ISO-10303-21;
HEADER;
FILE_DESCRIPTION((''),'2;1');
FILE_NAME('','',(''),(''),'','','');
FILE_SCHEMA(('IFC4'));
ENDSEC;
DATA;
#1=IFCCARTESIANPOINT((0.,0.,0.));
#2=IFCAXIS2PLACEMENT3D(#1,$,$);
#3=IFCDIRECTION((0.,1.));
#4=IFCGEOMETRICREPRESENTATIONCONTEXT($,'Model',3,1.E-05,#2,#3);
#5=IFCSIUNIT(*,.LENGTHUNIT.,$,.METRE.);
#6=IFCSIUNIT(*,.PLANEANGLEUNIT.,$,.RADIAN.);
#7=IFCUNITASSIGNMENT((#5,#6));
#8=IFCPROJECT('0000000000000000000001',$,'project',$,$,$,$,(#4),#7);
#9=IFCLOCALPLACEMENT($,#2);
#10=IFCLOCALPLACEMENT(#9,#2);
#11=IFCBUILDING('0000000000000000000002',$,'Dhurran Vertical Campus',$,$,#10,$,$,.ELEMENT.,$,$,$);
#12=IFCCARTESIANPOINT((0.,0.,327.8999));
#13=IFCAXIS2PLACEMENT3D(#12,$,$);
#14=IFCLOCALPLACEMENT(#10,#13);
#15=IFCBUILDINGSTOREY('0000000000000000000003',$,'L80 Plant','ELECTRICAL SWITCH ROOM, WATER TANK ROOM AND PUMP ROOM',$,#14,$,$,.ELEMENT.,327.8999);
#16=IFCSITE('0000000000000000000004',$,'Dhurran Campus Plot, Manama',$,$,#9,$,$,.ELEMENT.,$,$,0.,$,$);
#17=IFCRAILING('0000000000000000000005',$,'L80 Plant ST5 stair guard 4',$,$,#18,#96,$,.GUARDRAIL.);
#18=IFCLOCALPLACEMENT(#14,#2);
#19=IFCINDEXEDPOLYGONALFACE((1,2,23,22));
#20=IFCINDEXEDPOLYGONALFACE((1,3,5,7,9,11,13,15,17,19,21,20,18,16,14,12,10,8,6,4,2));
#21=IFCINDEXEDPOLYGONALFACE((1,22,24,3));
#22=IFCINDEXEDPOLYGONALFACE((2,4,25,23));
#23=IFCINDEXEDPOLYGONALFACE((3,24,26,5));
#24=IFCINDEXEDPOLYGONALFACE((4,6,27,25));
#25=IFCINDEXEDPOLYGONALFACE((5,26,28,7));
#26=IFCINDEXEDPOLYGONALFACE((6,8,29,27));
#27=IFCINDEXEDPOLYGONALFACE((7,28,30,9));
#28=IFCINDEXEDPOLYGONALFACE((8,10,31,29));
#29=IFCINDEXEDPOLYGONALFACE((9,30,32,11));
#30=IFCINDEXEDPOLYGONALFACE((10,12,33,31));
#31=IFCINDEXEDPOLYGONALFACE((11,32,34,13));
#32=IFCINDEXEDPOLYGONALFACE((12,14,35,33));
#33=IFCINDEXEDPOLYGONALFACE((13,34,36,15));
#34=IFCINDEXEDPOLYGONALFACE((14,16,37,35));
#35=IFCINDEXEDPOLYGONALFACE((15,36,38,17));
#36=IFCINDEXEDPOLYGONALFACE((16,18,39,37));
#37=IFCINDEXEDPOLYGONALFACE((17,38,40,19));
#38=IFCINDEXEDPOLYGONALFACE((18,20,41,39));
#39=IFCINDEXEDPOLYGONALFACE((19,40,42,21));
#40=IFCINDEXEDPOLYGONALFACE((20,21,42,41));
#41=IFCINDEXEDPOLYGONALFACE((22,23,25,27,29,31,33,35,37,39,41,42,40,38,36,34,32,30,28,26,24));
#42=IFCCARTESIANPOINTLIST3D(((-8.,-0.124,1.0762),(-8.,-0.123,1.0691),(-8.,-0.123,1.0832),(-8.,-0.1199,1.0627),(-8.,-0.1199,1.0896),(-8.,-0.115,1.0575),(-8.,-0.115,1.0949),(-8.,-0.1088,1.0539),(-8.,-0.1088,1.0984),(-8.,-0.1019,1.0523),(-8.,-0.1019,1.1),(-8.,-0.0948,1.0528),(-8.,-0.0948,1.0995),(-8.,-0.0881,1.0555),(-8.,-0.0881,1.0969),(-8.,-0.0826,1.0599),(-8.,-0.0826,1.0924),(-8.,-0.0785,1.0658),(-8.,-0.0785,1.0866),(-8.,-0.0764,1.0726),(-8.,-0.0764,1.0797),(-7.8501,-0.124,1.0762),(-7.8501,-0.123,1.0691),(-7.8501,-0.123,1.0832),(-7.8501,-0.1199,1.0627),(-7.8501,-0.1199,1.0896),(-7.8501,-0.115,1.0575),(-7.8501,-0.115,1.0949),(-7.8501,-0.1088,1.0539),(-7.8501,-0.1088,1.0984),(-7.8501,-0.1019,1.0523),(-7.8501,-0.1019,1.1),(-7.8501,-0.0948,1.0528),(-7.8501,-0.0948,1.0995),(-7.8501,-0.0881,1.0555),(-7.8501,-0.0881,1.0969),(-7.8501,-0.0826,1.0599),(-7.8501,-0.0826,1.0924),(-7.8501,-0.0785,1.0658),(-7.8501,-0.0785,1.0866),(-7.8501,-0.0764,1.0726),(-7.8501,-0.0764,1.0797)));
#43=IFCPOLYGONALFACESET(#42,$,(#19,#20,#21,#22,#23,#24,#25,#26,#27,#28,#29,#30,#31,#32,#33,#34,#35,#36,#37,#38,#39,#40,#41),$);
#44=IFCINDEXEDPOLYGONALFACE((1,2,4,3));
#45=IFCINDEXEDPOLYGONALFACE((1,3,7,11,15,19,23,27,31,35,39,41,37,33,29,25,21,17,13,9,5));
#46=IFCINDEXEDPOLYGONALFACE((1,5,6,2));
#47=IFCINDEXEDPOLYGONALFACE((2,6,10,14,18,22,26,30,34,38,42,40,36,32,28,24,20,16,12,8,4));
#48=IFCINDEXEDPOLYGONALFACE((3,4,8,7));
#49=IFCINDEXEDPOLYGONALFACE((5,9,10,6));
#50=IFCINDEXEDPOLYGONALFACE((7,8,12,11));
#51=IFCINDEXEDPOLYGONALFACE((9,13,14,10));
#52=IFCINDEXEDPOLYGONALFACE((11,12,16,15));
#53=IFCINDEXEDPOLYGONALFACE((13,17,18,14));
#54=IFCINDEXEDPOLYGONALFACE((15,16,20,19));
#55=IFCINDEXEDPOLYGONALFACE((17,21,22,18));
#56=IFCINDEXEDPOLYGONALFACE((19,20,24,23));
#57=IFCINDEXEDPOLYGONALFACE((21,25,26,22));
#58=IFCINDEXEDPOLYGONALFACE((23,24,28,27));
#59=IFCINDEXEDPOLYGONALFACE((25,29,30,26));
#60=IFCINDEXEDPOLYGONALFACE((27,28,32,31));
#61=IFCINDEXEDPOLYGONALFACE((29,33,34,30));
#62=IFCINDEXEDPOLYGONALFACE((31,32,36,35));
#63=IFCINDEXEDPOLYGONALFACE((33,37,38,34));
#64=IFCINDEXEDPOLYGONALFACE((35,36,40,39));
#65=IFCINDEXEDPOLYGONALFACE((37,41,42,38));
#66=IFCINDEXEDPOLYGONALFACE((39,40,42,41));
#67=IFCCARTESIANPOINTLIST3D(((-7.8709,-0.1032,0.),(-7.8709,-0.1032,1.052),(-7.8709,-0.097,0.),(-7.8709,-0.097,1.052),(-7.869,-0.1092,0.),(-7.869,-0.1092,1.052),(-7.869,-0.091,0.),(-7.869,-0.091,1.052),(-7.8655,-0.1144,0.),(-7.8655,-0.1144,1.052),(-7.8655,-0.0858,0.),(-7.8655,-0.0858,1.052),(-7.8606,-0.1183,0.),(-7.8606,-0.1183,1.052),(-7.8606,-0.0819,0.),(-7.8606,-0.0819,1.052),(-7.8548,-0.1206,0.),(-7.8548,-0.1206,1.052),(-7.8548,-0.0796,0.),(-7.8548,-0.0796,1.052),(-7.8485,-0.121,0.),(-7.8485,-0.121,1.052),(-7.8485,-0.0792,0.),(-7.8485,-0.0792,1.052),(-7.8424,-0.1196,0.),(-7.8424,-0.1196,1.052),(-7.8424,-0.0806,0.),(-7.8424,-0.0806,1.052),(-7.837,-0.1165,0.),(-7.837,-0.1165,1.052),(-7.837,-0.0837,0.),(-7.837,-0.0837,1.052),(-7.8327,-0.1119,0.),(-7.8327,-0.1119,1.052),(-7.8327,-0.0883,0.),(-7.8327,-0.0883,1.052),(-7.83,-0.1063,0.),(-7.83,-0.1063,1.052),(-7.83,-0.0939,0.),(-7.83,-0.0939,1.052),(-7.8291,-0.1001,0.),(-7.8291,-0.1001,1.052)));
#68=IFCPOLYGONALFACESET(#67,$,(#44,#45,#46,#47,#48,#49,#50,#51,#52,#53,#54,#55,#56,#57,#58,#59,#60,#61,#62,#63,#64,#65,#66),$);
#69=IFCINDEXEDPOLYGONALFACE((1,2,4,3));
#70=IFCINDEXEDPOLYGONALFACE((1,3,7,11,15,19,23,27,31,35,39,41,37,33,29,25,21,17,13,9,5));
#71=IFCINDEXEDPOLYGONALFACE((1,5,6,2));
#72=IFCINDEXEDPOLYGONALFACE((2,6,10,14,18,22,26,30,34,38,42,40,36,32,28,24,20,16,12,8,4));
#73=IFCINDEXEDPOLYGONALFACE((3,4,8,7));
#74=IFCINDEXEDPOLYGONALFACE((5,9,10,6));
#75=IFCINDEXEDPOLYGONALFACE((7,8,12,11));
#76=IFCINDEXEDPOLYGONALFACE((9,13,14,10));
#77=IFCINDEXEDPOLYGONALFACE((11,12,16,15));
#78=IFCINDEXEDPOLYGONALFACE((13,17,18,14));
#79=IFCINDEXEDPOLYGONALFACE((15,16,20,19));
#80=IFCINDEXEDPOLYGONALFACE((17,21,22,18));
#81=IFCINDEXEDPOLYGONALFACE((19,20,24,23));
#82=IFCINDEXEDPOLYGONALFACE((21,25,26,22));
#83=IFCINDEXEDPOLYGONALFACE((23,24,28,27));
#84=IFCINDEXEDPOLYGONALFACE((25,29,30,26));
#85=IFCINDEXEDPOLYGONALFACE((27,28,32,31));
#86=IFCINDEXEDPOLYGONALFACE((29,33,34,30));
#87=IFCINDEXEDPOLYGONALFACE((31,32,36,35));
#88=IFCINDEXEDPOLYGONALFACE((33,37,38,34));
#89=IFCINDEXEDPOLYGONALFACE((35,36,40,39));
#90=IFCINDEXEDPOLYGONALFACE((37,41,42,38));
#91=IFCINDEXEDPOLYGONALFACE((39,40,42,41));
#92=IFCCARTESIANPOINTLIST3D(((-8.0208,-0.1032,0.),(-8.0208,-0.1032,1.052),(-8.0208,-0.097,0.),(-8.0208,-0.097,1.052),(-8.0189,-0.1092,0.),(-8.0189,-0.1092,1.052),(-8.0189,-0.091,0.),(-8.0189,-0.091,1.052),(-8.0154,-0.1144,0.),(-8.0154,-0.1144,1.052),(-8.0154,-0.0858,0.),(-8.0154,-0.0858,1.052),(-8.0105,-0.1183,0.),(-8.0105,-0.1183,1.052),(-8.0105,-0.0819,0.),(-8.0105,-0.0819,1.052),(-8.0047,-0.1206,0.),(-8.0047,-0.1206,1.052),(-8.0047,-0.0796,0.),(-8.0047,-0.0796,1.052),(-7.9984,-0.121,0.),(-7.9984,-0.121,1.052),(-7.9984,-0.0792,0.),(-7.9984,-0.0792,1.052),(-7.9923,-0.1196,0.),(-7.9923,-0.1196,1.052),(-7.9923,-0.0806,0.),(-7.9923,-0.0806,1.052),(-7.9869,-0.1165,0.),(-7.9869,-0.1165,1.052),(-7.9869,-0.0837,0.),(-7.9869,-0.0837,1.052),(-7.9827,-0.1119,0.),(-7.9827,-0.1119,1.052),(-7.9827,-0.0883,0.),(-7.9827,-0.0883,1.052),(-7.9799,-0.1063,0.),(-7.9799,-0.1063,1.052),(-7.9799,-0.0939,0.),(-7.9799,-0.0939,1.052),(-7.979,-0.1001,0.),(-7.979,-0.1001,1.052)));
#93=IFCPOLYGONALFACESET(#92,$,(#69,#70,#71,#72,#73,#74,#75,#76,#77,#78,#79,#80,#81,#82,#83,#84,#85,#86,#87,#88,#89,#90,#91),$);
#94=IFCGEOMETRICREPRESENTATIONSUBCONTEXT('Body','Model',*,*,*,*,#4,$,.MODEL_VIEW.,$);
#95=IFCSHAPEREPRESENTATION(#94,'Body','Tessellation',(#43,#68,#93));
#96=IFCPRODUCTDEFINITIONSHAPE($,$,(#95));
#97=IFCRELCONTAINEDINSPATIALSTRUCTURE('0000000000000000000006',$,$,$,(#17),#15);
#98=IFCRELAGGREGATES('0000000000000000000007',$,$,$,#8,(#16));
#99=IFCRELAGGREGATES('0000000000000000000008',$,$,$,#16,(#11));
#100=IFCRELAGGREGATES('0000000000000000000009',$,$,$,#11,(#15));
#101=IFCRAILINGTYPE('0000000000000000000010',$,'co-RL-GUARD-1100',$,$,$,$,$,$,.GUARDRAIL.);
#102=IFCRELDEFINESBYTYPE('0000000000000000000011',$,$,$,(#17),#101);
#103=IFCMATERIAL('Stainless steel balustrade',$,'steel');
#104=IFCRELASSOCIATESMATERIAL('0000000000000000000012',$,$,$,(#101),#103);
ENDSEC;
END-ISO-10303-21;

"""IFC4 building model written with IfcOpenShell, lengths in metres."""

from ifc_helpers import new_model, si_unit, direction, frame, origin, origin_2d, place, context, subcontext, project, spatial, circle, extrude, material, type_object, element, save


model = new_model("IFC4")

# Units and contexts
model_context = context("Model", 3, precision=1e-05, world=origin(), true_north=direction((0.0, 1.0)))
body_context = subcontext(model_context, "Body", "Model", "MODEL_VIEW")
ifc_project = project(units=[si_unit("LENGTHUNIT", "METRE"), si_unit("PLANEANGLEUNIT", "RADIAN")], contexts=[model_context])

# Site, building, storey
site_placement = place(None, origin())
site = spatial("IfcSite", under=ifc_project, at=site_placement, Name="Dhurran Campus Plot, Manama", CompositionType="ELEMENT", RefElevation=0.0)
building_placement = place(site_placement, origin())
building = spatial("IfcBuilding", under=site, at=building_placement, Name="Dhurran Vertical Campus", CompositionType="ELEMENT")
storey_placement = place(building_placement, frame((0.0, 0.0, 327.8999)))
storey = spatial("IfcBuildingStorey", under=building, at=storey_placement, Name="L80 Plant", Description="ELECTRICAL SWITCH ROOM, WATER TANK ROOM AND PUMP ROOM", CompositionType="ELEMENT", Elevation=327.8999)

# Railing
ifc_material_1 = material(Name="Stainless steel balustrade", Category="steel")
railing_type_1 = type_object("IfcRailingType", Name="co-RL-GUARD-1100", PredefinedType="GUARDRAIL", material=ifc_material_1)
railing_1_placement = place(storey_placement, frame((-7.8501, -0.1001, 0.0)))
element("IfcRailing", 1, at=railing_1_placement, inside=storey, type_object=railing_type_1, Name="L80 Plant ST5 stair guard 4", PredefinedType="GUARDRAIL", context=body_context, shape_type="SweptSolid", body=[
    extrude(circle(Radius=0.0239, at=origin_2d()), frame((0.0, 0.0, 1.0762), z_axis=(-1.0, 0.0, 0.0), x_axis=(0.0, -1.0, 0.0)), (0.0, 0.0, 1.0), 0.1499),
    extrude(circle(Radius=0.021, at=origin_2d()), origin(), (0.0, 0.0, 1.0), 1.052),
    extrude(circle(Radius=0.021, at=origin_2d()), frame((-0.1499, 0.0, 0.0)), (0.0, 0.0, 1.0), 1.052),
])

save(model, "model.ifc")
